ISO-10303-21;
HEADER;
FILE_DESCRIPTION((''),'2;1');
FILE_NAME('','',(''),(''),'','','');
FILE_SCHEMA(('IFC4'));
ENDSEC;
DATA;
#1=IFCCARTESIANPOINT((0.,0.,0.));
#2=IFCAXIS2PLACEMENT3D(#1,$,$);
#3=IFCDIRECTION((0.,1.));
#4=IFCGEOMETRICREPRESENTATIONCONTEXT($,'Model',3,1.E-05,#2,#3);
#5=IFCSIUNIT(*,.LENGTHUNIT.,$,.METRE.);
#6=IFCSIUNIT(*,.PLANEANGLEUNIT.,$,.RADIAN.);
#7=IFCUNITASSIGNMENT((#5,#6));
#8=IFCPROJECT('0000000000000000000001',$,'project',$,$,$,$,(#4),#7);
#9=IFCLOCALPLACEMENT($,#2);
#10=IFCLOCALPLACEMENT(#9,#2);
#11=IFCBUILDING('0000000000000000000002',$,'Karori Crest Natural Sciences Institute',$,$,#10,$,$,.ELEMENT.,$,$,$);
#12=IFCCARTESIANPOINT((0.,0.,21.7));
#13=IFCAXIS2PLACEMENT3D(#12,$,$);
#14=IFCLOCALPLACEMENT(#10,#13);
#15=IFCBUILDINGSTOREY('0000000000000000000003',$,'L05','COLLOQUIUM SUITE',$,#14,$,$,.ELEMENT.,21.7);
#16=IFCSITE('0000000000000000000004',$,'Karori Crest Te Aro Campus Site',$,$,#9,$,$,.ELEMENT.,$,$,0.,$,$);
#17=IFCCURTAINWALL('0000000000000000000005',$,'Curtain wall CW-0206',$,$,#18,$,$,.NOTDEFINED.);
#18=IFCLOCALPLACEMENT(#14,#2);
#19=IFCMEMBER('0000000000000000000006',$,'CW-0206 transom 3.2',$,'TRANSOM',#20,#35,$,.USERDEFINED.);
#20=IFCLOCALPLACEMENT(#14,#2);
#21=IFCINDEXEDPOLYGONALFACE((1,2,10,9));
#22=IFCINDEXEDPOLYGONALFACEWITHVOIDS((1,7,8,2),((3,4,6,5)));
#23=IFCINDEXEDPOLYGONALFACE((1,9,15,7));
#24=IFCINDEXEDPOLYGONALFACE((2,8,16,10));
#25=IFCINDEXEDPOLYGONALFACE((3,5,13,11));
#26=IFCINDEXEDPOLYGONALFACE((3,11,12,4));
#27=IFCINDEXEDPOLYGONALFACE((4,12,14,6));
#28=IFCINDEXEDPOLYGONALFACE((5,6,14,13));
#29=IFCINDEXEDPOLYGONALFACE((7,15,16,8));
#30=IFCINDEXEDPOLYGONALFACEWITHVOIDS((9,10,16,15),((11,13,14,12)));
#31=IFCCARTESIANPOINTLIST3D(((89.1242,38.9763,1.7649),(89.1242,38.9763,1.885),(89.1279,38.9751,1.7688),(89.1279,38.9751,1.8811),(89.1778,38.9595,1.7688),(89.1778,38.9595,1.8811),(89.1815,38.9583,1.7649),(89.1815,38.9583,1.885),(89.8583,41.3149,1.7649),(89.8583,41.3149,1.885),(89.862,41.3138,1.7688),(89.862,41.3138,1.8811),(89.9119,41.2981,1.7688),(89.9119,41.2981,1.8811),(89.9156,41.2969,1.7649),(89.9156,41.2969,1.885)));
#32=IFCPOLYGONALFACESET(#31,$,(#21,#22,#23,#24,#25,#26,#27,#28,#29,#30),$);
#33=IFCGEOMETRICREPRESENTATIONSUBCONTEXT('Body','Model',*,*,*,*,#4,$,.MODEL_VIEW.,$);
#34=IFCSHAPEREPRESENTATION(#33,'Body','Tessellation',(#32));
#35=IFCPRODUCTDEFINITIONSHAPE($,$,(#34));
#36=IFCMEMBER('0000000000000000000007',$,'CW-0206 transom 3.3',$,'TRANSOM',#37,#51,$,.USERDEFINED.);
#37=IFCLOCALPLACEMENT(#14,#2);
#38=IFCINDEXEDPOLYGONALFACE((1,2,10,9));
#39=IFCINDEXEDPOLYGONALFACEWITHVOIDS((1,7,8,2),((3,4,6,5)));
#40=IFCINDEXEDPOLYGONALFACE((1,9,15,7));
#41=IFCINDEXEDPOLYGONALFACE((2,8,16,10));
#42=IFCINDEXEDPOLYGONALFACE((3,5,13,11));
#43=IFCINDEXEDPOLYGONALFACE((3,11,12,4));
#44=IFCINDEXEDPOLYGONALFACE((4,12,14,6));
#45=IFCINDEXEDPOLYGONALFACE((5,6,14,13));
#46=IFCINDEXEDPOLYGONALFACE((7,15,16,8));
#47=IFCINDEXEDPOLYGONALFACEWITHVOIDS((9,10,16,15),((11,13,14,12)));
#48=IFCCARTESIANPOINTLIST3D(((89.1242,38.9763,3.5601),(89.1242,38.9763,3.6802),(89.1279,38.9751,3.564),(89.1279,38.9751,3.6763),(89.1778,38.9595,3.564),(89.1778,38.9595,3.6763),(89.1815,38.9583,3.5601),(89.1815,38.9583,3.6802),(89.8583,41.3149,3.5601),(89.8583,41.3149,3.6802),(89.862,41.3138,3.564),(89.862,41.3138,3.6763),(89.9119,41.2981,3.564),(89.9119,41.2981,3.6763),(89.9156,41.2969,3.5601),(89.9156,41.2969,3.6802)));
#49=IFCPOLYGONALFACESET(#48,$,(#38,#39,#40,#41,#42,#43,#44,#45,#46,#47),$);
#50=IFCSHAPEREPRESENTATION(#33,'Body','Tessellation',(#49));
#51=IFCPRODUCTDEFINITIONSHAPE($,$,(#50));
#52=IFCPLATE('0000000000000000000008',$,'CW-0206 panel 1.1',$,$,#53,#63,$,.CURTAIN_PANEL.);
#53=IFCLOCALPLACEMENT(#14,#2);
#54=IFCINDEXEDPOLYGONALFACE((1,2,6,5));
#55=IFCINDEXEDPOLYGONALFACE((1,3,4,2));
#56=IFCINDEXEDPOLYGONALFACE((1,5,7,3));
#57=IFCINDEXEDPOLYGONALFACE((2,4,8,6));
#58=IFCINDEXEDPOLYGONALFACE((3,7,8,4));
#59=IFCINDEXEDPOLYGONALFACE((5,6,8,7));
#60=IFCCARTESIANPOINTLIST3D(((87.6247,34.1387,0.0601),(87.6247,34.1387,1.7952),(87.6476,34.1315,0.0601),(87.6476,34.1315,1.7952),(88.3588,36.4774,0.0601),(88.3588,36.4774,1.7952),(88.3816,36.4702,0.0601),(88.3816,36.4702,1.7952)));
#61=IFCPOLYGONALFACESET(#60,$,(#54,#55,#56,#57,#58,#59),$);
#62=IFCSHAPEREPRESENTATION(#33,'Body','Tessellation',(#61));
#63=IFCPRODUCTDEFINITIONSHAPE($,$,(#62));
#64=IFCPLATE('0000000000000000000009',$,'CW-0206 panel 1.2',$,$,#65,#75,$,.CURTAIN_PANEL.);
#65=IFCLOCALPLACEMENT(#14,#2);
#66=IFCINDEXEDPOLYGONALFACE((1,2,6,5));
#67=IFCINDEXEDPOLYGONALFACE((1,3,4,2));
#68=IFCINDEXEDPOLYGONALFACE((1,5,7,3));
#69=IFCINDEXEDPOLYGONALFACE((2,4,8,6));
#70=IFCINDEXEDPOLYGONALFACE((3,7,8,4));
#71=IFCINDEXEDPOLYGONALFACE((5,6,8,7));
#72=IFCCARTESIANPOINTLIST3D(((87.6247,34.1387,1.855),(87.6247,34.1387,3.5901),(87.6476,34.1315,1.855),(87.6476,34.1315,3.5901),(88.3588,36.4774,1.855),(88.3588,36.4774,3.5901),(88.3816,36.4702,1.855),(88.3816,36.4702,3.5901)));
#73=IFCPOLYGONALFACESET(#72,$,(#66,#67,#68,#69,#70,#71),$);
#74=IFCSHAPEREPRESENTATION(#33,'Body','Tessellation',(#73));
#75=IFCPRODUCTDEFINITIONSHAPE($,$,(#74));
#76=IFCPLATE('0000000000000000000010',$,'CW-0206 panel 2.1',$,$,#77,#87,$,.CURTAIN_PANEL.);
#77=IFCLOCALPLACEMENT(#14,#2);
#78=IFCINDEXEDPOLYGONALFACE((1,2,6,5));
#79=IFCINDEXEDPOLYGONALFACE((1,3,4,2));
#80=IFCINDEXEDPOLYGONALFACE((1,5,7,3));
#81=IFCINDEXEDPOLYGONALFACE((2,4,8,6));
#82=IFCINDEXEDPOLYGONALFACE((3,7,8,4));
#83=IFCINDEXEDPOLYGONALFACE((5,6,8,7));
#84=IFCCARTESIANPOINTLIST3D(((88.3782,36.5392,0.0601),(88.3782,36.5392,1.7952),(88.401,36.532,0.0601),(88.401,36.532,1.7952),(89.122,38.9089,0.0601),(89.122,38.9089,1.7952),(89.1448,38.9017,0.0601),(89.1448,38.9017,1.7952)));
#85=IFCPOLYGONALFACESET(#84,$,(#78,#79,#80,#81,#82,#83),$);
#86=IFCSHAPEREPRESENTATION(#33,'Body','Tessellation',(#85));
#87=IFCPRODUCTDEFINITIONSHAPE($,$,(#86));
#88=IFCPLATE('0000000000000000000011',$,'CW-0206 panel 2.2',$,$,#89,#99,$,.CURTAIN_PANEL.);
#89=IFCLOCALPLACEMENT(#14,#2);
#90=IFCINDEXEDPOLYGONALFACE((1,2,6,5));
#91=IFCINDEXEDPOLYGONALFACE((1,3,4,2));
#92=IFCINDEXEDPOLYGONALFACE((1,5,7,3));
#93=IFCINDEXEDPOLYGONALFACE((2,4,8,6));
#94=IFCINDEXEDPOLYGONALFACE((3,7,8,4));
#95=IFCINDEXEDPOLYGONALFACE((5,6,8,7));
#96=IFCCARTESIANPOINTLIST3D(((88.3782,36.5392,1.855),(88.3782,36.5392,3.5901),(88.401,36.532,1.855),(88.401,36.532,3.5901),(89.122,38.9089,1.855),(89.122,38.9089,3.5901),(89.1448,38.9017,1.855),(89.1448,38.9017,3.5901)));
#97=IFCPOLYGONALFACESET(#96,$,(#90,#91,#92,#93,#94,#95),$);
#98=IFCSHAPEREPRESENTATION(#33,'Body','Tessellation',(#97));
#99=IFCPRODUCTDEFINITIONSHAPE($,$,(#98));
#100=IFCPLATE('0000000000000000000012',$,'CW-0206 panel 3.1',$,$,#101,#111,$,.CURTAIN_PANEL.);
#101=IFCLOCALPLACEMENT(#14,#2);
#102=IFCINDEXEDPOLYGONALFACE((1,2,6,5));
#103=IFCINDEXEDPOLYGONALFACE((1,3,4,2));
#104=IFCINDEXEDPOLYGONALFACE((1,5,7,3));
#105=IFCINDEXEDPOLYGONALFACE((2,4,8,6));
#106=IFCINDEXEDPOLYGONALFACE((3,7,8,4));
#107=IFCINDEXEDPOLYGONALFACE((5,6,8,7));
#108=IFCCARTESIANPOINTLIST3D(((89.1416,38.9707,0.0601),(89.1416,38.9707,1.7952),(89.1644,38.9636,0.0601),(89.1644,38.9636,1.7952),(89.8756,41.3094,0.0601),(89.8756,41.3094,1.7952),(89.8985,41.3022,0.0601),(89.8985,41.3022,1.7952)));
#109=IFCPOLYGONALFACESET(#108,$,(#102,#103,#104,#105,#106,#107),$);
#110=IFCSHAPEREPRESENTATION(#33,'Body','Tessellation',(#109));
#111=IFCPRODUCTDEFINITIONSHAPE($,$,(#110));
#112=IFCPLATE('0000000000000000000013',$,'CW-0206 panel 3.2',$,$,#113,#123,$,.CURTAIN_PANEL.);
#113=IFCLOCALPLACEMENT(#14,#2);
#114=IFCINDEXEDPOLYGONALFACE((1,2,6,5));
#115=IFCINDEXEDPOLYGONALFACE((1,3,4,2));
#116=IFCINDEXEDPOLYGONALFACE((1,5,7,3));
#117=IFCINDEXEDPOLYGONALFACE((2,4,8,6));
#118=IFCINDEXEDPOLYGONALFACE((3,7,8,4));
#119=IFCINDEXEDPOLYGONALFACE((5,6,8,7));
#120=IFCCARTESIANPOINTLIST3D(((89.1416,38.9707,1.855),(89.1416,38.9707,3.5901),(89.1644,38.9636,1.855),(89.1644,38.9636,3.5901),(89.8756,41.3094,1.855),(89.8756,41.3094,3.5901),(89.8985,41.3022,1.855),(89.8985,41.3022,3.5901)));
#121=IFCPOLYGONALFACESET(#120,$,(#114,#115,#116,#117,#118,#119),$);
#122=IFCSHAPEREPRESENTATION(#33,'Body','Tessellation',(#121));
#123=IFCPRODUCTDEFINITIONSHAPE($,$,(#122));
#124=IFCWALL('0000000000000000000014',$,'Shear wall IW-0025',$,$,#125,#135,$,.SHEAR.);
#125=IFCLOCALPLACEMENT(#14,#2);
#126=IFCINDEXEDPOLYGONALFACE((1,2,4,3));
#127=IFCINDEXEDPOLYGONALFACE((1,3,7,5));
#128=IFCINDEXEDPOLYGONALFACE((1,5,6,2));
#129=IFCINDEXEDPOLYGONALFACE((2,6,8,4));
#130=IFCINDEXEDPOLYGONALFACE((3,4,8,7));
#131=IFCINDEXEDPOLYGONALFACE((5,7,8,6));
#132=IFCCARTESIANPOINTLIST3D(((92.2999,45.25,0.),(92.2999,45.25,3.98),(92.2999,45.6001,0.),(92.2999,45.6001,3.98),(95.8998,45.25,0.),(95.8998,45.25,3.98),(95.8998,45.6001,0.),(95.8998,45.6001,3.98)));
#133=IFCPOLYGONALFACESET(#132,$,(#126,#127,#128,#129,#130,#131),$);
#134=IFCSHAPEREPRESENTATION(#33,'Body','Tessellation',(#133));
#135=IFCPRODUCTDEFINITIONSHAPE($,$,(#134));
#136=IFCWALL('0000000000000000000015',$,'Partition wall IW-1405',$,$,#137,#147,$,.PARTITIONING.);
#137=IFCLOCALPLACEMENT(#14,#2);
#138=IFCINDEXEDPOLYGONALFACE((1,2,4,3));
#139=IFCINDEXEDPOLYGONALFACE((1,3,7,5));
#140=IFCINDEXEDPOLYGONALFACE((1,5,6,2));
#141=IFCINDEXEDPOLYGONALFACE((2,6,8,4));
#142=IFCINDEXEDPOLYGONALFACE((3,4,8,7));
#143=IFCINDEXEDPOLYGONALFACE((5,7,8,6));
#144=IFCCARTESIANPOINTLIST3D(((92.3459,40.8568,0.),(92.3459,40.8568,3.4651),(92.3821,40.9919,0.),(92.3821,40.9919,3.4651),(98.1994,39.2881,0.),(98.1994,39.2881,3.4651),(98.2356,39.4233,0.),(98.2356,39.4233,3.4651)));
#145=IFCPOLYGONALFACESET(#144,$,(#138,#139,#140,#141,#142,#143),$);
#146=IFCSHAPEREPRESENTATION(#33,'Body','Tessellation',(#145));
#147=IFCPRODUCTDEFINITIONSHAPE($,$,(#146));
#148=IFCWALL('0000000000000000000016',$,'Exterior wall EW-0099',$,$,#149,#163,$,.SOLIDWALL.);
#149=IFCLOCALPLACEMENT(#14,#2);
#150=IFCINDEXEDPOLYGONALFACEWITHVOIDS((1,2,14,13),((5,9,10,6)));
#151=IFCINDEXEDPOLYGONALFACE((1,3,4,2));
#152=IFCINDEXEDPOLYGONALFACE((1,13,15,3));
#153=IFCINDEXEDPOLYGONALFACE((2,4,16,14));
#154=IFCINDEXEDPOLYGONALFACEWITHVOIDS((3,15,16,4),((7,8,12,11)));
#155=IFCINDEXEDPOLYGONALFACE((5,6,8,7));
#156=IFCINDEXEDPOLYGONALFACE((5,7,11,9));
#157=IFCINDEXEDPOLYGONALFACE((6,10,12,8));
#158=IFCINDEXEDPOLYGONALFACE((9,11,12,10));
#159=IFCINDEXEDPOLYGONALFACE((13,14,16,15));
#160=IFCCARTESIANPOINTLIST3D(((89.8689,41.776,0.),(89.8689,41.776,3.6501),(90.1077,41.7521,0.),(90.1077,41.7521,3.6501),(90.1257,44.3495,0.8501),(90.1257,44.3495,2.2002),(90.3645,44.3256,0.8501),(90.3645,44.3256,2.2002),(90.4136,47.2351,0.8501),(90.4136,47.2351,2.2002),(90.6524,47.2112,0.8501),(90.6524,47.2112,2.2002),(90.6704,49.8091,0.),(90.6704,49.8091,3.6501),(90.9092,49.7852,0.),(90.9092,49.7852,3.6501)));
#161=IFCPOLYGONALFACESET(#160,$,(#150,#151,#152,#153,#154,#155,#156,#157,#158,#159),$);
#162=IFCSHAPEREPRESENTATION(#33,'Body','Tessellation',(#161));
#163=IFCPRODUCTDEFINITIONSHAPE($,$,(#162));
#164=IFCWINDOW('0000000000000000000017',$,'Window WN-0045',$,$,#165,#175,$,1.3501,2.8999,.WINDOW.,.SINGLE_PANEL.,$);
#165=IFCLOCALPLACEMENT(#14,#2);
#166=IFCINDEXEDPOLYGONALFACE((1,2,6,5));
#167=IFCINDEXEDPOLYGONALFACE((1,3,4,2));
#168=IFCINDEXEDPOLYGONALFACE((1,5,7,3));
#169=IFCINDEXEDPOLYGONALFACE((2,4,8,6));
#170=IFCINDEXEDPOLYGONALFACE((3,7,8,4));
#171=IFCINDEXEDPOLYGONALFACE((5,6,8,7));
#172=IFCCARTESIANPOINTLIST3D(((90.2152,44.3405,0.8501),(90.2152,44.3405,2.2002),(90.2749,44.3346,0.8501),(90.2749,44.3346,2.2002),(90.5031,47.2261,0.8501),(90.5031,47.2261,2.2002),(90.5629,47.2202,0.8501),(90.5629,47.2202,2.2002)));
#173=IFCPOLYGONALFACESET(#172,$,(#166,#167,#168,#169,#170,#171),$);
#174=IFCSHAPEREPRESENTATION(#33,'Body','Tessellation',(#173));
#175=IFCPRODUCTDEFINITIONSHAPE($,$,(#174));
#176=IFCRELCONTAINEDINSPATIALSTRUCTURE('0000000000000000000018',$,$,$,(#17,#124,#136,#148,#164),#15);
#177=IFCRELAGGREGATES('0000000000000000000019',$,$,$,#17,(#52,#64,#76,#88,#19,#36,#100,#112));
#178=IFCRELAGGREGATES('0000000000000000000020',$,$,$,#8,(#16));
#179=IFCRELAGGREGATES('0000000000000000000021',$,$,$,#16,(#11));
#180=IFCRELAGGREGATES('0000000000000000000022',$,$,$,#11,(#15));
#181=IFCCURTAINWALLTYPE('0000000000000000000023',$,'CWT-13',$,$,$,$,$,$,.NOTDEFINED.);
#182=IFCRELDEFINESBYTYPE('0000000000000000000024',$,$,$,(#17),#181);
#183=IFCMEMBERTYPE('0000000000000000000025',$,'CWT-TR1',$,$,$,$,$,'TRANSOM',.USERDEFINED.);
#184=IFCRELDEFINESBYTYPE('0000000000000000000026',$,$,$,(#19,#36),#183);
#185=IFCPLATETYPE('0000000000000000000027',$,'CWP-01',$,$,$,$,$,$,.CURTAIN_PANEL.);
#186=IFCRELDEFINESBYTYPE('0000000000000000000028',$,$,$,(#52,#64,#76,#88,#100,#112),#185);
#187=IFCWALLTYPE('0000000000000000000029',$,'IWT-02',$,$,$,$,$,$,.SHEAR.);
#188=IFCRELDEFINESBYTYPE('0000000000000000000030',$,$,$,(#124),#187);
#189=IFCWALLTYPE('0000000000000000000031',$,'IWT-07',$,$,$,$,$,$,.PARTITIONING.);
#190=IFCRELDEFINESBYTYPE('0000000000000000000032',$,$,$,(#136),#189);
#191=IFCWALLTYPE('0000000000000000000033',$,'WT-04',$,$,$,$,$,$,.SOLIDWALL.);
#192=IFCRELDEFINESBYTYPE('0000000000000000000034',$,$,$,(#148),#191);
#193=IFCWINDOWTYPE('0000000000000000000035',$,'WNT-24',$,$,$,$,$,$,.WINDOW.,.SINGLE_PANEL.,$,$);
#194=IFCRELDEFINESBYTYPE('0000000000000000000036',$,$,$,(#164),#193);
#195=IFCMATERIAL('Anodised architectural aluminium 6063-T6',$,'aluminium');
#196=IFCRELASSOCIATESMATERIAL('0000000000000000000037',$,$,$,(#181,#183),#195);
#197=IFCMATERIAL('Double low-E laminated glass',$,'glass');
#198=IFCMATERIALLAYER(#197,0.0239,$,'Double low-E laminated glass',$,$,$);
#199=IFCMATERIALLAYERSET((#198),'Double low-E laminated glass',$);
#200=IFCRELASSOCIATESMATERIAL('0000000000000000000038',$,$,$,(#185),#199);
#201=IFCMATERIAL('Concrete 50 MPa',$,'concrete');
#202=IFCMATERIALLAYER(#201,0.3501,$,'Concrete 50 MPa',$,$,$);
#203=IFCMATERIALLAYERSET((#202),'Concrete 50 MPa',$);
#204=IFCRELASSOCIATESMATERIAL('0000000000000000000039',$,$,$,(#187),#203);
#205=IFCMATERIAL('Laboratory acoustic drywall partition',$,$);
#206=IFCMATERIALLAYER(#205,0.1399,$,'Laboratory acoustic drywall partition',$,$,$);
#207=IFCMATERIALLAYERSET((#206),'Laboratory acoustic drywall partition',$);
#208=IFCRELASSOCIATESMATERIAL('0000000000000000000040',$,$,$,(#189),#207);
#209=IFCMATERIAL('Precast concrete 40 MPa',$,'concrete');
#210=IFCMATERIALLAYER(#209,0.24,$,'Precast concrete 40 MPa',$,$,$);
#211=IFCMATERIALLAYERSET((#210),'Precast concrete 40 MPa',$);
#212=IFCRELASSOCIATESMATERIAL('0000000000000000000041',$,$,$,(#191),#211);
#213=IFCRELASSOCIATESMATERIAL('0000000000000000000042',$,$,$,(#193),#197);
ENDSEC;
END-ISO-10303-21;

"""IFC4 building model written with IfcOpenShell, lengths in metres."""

from ifc_helpers import new_model, si_unit, direction, frame, frame_2d, origin, origin_2d, place, context, subcontext, project, spatial, rectangle, hollow_rectangle, extrude, material, layer, layer_set, material_profile, profile_set, type_object, element, fill, aggregate, save


model = new_model("IFC4")

# Units and contexts
model_context = context("Model", 3, precision=1e-05, world=origin(), true_north=direction((0.0, 1.0)))
body_context = subcontext(model_context, "Body", "Model", "MODEL_VIEW")
ifc_project = project(units=[si_unit("LENGTHUNIT", "METRE"), si_unit("PLANEANGLEUNIT", "RADIAN")], contexts=[model_context])

# Site, building, storey
site_placement = place(None, origin())
site = spatial("IfcSite", under=ifc_project, at=site_placement, Name="Karori Crest Te Aro Campus Site", CompositionType="ELEMENT", RefElevation=0.0)
building_placement = place(site_placement, origin())
building = spatial("IfcBuilding", under=site, at=building_placement, Name="Karori Crest Natural Sciences Institute", CompositionType="ELEMENT")
storey_placement = place(building_placement, frame((0.0, 0.0, 21.7)))
storey = spatial("IfcBuildingStorey", under=building, at=storey_placement, Name="L05", Description="COLLOQUIUM SUITE", CompositionType="ELEMENT", Elevation=21.7)

# Shared definitions
ifc_material_1 = material(Name="Concrete 50 MPa", Category="concrete")

# Shared definitions
ifc_material_2 = material(Name="Anodised architectural aluminium 6063-T6", Category="aluminium")

# Curtain wall
curtain_wall_type_1 = type_object("IfcCurtainWallType", Name="CWT-13", PredefinedType="NOTDEFINED", material=ifc_material_2)
curtain_wall_1_placement = place(storey_placement, origin())
curtain_wall_1 = element("IfcCurtainWall", 1, at=curtain_wall_1_placement, inside=storey, type_object=curtain_wall_type_1, Name="Curtain wall CW-0206", PredefinedType="NOTDEFINED")

# Members
ifc_material_profile_1 = material_profile(ifc_material_2, hollow_rectangle(XDim=0.0601, YDim=0.1201, WallThickness=0.0039, at=origin_2d()), Name="CWT120x60x4")
ifc_profile_set_1 = profile_set([ifc_material_profile_1], Name="Anodised architectural aluminium 6063-T6")
member_type_1 = type_object("IfcMemberType", Name="CWT-TR1", ElementType="TRANSOM", PredefinedType="USERDEFINED", material=ifc_profile_set_1)
member_1_placement = place(storey_placement, frame((89.1528, 38.9673, 1.825), z_axis=(0.299505, 0.954095, 0.0), x_axis=(-0.954095, 0.299505, 0.0)))
member_1 = element("IfcMember", 2, at=member_1_placement, type_object=member_type_1, Name="CW-0206 transom 3.2", ObjectType="TRANSOM", PredefinedType="USERDEFINED", context=body_context, shape_type="SweptSolid", body=[
    extrude(hollow_rectangle(XDim=0.0601, YDim=0.1201, WallThickness=0.0039, at=origin_2d()), origin(), (0.0, 0.0, 1.0), 2.4512),
])
member_2_placement = place(storey_placement, frame((89.1528, 38.9673, 3.6201), z_axis=(0.299505, 0.954095, 0.0), x_axis=(-0.954095, 0.299505, 0.0)))
member_2 = element("IfcMember", 3, at=member_2_placement, type_object=member_type_1, Name="CW-0206 transom 3.3", ObjectType="TRANSOM", PredefinedType="USERDEFINED", context=body_context, shape_type="SweptSolid", body=[
    extrude(hollow_rectangle(XDim=0.0601, YDim=0.1201, WallThickness=0.0039, at=origin_2d()), origin(), (0.0, 0.0, 1.0), 2.4512),
])

# Plates
ifc_material_3 = material(Name="Double low-E laminated glass", Category="glass")
ifc_layer_1 = layer(ifc_material_3, 0.0239, Name="Double low-E laminated glass")
ifc_layer_set_1 = layer_set([ifc_layer_1], Name="Double low-E laminated glass")
plate_type = type_object("IfcPlateType", Name="CWP-01", PredefinedType="CURTAIN_PANEL", material=ifc_layer_set_1)
plate_1_placement = place(storey_placement, frame((88.0032, 35.3044, 0.0601), z_axis=(0.0, 0.0, 1.0), x_axis=(0.299475, 0.954104, 0.0)))
plate_1 = element("IfcPlate", 4, at=plate_1_placement, type_object=plate_type, Name="CW-0206 panel 1.1", PredefinedType="CURTAIN_PANEL", context=body_context, shape_type="SweptSolid", body=[
    extrude(rectangle(XDim=2.4512, YDim=0.0239, at=origin_2d()), origin(), (0.0, 0.0, 1.0), 1.7351),
])
plate_2_placement = place(storey_placement, frame((88.0032, 35.3044, 1.855), z_axis=(0.0, 0.0, 1.0), x_axis=(0.299475, 0.954104, 0.0)))
plate_2 = element("IfcPlate", 5, at=plate_2_placement, type_object=plate_type, Name="CW-0206 panel 1.2", PredefinedType="CURTAIN_PANEL", context=body_context, shape_type="SweptSolid", body=[
    extrude(rectangle(XDim=2.4512, YDim=0.0239, at=origin_2d()), origin(), (0.0, 0.0, 1.0), 1.7351),
])
plate_3_placement = place(storey_placement, frame((88.7615, 37.7205, 0.0601), z_axis=(0.0, 0.0, 1.0), x_axis=(0.299475, 0.954104, 0.0)))
plate_3 = element("IfcPlate", 6, at=plate_3_placement, type_object=plate_type, Name="CW-0206 panel 2.1", PredefinedType="CURTAIN_PANEL", context=body_context, shape_type="SweptSolid", body=[
    extrude(rectangle(XDim=2.4836, YDim=0.0239, at=origin_2d()), origin(), (0.0, 0.0, 1.0), 1.7351),
])
plate_4_placement = place(storey_placement, frame((88.7615, 37.7205, 1.855), z_axis=(0.0, 0.0, 1.0), x_axis=(0.299475, 0.954104, 0.0)))
plate_4 = element("IfcPlate", 7, at=plate_4_placement, type_object=plate_type, Name="CW-0206 panel 2.2", PredefinedType="CURTAIN_PANEL", context=body_context, shape_type="SweptSolid", body=[
    extrude(rectangle(XDim=2.4836, YDim=0.0239, at=origin_2d()), origin(), (0.0, 0.0, 1.0), 1.7351),
])
plate_5_placement = place(storey_placement, frame((89.52, 40.1365, 0.0601), z_axis=(0.0, 0.0, 1.0), x_axis=(0.299475, 0.954104, 0.0)))
plate_5 = element("IfcPlate", 8, at=plate_5_placement, type_object=plate_type, Name="CW-0206 panel 3.1", PredefinedType="CURTAIN_PANEL", context=body_context, shape_type="SweptSolid", body=[
    extrude(rectangle(XDim=2.4512, YDim=0.0239, at=origin_2d()), origin(), (0.0, 0.0, 1.0), 1.7351),
])
plate_6_placement = place(storey_placement, frame((89.52, 40.1365, 1.855), z_axis=(0.0, 0.0, 1.0), x_axis=(0.299475, 0.954104, 0.0)))
plate_6 = element("IfcPlate", 9, at=plate_6_placement, type_object=plate_type, Name="CW-0206 panel 3.2", PredefinedType="CURTAIN_PANEL", context=body_context, shape_type="SweptSolid", body=[
    extrude(rectangle(XDim=2.4512, YDim=0.0239, at=origin_2d()), origin(), (0.0, 0.0, 1.0), 1.7351),
])
aggregate(curtain_wall_1, [plate_1, plate_2, plate_3, plate_4, member_1, member_2, plate_5, plate_6])

# Wall
ifc_layer_2 = layer(ifc_material_1, 0.3501, Name="Concrete 50 MPa")
ifc_layer_set_2 = layer_set([ifc_layer_2], Name="Concrete 50 MPa")
wall_type_1 = type_object("IfcWallType", Name="IWT-02", PredefinedType="SHEAR", material=ifc_layer_set_2)
wall_1_placement = place(storey_placement, frame((92.3, 45.425, 0.0), z_axis=(0.0, 0.0, 1.0), x_axis=(1.0, 0.0, 0.0)))
element("IfcWall", 10, at=wall_1_placement, inside=storey, type_object=wall_type_1, Name="Shear wall IW-0025", PredefinedType="SHEAR", context=body_context, shape_type="SweptSolid", body=[
    extrude(rectangle(XDim=3.5999, YDim=0.3501, at=frame_2d((1.7998, 0.0))), origin(), (0.0, 0.0, 1.0), 3.98),
])

# Wall
ifc_material_4 = material(Name="Laboratory acoustic drywall partition")
ifc_layer_3 = layer(ifc_material_4, 0.1399, Name="Laboratory acoustic drywall partition")
ifc_layer_set_3 = layer_set([ifc_layer_3], Name="Laboratory acoustic drywall partition")
wall_type_2 = type_object("IfcWallType", Name="IWT-07", PredefinedType="PARTITIONING", material=ifc_layer_set_3)
wall_2_placement = place(storey_placement, frame((92.364, 40.9243, 0.0), z_axis=(0.0, 0.0, 1.0), x_axis=(0.965919, -0.258843, 0.0)))
element("IfcWall", 11, at=wall_2_placement, inside=storey, type_object=wall_type_2, Name="Partition wall IW-1405", PredefinedType="PARTITIONING", context=body_context, shape_type="SweptSolid", body=[
    extrude(rectangle(XDim=6.0601, YDim=0.1399, at=frame_2d((3.03, 0.0))), origin(), (0.0, 0.0, 1.0), 3.4651),
])

# Wall, opening, window
ifc_material_5 = material(Name="Precast concrete 40 MPa", Category="concrete")
ifc_layer_4 = layer(ifc_material_5, 0.24, Name="Precast concrete 40 MPa")
ifc_layer_set_4 = layer_set([ifc_layer_4], Name="Precast concrete 40 MPa")
wall_type_3 = type_object("IfcWallType", Name="WT-04", PredefinedType="SOLIDWALL", material=ifc_layer_set_4)
wall_3_placement = place(storey_placement, frame((89.9883, 41.7639, 0.0), z_axis=(0.0, 0.0, 1.0), x_axis=(0.099282, 0.995059, 0.0)))
wall_3 = element("IfcWall", 12, at=wall_3_placement, inside=storey, type_object=wall_type_3, Name="Exterior wall EW-0099", PredefinedType="SOLIDWALL", context=body_context, shape_type="SweptSolid", body=[
    extrude(rectangle(XDim=8.073, YDim=0.24, at=frame_2d((4.0366, 0.0))), origin(), (0.0, 0.0, 1.0), 3.6501),
])
opening_1_placement = place(wall_3_placement, frame((2.5864, 0.0, 0.8501)))
opening_1 = element("IfcOpeningElement", 13, at=opening_1_placement, cuts=wall_3, PredefinedType="OPENING", context=body_context, shape_type="SweptSolid", body=[
    extrude(rectangle(XDim=2.8999, YDim=1.3501, at=frame_2d((1.45, 0.675))), frame((0.0, 0.1299, 0.0), z_axis=(0.0, -1.0, 0.0), x_axis=(1.0, 0.0, 0.0)), (0.0, 0.0, 1.0), 0.26),
])
window_type = type_object("IfcWindowType", Name="WNT-24", PartitioningType="SINGLE_PANEL", PredefinedType="WINDOW", material=ifc_material_3)
window_placement = place(opening_1_placement, origin())
window = element("IfcWindow", 14, at=window_placement, inside=storey, type_object=window_type, Name="Window WN-0045", OverallHeight=1.3501, OverallWidth=2.8999, PartitioningType="SINGLE_PANEL", PredefinedType="WINDOW", context=body_context, shape_type="SweptSolid", body=[
    extrude(rectangle(XDim=2.8999, YDim=1.3501, at=frame_2d((1.45, 0.675))), frame((0.0, 0.03, 0.0), z_axis=(0.0, -1.0, 0.0), x_axis=(1.0, 0.0, 0.0)), (0.0, 0.0, 1.0), 0.0601),
])
fill(opening_1, window)

save(model, "model.ifc")
